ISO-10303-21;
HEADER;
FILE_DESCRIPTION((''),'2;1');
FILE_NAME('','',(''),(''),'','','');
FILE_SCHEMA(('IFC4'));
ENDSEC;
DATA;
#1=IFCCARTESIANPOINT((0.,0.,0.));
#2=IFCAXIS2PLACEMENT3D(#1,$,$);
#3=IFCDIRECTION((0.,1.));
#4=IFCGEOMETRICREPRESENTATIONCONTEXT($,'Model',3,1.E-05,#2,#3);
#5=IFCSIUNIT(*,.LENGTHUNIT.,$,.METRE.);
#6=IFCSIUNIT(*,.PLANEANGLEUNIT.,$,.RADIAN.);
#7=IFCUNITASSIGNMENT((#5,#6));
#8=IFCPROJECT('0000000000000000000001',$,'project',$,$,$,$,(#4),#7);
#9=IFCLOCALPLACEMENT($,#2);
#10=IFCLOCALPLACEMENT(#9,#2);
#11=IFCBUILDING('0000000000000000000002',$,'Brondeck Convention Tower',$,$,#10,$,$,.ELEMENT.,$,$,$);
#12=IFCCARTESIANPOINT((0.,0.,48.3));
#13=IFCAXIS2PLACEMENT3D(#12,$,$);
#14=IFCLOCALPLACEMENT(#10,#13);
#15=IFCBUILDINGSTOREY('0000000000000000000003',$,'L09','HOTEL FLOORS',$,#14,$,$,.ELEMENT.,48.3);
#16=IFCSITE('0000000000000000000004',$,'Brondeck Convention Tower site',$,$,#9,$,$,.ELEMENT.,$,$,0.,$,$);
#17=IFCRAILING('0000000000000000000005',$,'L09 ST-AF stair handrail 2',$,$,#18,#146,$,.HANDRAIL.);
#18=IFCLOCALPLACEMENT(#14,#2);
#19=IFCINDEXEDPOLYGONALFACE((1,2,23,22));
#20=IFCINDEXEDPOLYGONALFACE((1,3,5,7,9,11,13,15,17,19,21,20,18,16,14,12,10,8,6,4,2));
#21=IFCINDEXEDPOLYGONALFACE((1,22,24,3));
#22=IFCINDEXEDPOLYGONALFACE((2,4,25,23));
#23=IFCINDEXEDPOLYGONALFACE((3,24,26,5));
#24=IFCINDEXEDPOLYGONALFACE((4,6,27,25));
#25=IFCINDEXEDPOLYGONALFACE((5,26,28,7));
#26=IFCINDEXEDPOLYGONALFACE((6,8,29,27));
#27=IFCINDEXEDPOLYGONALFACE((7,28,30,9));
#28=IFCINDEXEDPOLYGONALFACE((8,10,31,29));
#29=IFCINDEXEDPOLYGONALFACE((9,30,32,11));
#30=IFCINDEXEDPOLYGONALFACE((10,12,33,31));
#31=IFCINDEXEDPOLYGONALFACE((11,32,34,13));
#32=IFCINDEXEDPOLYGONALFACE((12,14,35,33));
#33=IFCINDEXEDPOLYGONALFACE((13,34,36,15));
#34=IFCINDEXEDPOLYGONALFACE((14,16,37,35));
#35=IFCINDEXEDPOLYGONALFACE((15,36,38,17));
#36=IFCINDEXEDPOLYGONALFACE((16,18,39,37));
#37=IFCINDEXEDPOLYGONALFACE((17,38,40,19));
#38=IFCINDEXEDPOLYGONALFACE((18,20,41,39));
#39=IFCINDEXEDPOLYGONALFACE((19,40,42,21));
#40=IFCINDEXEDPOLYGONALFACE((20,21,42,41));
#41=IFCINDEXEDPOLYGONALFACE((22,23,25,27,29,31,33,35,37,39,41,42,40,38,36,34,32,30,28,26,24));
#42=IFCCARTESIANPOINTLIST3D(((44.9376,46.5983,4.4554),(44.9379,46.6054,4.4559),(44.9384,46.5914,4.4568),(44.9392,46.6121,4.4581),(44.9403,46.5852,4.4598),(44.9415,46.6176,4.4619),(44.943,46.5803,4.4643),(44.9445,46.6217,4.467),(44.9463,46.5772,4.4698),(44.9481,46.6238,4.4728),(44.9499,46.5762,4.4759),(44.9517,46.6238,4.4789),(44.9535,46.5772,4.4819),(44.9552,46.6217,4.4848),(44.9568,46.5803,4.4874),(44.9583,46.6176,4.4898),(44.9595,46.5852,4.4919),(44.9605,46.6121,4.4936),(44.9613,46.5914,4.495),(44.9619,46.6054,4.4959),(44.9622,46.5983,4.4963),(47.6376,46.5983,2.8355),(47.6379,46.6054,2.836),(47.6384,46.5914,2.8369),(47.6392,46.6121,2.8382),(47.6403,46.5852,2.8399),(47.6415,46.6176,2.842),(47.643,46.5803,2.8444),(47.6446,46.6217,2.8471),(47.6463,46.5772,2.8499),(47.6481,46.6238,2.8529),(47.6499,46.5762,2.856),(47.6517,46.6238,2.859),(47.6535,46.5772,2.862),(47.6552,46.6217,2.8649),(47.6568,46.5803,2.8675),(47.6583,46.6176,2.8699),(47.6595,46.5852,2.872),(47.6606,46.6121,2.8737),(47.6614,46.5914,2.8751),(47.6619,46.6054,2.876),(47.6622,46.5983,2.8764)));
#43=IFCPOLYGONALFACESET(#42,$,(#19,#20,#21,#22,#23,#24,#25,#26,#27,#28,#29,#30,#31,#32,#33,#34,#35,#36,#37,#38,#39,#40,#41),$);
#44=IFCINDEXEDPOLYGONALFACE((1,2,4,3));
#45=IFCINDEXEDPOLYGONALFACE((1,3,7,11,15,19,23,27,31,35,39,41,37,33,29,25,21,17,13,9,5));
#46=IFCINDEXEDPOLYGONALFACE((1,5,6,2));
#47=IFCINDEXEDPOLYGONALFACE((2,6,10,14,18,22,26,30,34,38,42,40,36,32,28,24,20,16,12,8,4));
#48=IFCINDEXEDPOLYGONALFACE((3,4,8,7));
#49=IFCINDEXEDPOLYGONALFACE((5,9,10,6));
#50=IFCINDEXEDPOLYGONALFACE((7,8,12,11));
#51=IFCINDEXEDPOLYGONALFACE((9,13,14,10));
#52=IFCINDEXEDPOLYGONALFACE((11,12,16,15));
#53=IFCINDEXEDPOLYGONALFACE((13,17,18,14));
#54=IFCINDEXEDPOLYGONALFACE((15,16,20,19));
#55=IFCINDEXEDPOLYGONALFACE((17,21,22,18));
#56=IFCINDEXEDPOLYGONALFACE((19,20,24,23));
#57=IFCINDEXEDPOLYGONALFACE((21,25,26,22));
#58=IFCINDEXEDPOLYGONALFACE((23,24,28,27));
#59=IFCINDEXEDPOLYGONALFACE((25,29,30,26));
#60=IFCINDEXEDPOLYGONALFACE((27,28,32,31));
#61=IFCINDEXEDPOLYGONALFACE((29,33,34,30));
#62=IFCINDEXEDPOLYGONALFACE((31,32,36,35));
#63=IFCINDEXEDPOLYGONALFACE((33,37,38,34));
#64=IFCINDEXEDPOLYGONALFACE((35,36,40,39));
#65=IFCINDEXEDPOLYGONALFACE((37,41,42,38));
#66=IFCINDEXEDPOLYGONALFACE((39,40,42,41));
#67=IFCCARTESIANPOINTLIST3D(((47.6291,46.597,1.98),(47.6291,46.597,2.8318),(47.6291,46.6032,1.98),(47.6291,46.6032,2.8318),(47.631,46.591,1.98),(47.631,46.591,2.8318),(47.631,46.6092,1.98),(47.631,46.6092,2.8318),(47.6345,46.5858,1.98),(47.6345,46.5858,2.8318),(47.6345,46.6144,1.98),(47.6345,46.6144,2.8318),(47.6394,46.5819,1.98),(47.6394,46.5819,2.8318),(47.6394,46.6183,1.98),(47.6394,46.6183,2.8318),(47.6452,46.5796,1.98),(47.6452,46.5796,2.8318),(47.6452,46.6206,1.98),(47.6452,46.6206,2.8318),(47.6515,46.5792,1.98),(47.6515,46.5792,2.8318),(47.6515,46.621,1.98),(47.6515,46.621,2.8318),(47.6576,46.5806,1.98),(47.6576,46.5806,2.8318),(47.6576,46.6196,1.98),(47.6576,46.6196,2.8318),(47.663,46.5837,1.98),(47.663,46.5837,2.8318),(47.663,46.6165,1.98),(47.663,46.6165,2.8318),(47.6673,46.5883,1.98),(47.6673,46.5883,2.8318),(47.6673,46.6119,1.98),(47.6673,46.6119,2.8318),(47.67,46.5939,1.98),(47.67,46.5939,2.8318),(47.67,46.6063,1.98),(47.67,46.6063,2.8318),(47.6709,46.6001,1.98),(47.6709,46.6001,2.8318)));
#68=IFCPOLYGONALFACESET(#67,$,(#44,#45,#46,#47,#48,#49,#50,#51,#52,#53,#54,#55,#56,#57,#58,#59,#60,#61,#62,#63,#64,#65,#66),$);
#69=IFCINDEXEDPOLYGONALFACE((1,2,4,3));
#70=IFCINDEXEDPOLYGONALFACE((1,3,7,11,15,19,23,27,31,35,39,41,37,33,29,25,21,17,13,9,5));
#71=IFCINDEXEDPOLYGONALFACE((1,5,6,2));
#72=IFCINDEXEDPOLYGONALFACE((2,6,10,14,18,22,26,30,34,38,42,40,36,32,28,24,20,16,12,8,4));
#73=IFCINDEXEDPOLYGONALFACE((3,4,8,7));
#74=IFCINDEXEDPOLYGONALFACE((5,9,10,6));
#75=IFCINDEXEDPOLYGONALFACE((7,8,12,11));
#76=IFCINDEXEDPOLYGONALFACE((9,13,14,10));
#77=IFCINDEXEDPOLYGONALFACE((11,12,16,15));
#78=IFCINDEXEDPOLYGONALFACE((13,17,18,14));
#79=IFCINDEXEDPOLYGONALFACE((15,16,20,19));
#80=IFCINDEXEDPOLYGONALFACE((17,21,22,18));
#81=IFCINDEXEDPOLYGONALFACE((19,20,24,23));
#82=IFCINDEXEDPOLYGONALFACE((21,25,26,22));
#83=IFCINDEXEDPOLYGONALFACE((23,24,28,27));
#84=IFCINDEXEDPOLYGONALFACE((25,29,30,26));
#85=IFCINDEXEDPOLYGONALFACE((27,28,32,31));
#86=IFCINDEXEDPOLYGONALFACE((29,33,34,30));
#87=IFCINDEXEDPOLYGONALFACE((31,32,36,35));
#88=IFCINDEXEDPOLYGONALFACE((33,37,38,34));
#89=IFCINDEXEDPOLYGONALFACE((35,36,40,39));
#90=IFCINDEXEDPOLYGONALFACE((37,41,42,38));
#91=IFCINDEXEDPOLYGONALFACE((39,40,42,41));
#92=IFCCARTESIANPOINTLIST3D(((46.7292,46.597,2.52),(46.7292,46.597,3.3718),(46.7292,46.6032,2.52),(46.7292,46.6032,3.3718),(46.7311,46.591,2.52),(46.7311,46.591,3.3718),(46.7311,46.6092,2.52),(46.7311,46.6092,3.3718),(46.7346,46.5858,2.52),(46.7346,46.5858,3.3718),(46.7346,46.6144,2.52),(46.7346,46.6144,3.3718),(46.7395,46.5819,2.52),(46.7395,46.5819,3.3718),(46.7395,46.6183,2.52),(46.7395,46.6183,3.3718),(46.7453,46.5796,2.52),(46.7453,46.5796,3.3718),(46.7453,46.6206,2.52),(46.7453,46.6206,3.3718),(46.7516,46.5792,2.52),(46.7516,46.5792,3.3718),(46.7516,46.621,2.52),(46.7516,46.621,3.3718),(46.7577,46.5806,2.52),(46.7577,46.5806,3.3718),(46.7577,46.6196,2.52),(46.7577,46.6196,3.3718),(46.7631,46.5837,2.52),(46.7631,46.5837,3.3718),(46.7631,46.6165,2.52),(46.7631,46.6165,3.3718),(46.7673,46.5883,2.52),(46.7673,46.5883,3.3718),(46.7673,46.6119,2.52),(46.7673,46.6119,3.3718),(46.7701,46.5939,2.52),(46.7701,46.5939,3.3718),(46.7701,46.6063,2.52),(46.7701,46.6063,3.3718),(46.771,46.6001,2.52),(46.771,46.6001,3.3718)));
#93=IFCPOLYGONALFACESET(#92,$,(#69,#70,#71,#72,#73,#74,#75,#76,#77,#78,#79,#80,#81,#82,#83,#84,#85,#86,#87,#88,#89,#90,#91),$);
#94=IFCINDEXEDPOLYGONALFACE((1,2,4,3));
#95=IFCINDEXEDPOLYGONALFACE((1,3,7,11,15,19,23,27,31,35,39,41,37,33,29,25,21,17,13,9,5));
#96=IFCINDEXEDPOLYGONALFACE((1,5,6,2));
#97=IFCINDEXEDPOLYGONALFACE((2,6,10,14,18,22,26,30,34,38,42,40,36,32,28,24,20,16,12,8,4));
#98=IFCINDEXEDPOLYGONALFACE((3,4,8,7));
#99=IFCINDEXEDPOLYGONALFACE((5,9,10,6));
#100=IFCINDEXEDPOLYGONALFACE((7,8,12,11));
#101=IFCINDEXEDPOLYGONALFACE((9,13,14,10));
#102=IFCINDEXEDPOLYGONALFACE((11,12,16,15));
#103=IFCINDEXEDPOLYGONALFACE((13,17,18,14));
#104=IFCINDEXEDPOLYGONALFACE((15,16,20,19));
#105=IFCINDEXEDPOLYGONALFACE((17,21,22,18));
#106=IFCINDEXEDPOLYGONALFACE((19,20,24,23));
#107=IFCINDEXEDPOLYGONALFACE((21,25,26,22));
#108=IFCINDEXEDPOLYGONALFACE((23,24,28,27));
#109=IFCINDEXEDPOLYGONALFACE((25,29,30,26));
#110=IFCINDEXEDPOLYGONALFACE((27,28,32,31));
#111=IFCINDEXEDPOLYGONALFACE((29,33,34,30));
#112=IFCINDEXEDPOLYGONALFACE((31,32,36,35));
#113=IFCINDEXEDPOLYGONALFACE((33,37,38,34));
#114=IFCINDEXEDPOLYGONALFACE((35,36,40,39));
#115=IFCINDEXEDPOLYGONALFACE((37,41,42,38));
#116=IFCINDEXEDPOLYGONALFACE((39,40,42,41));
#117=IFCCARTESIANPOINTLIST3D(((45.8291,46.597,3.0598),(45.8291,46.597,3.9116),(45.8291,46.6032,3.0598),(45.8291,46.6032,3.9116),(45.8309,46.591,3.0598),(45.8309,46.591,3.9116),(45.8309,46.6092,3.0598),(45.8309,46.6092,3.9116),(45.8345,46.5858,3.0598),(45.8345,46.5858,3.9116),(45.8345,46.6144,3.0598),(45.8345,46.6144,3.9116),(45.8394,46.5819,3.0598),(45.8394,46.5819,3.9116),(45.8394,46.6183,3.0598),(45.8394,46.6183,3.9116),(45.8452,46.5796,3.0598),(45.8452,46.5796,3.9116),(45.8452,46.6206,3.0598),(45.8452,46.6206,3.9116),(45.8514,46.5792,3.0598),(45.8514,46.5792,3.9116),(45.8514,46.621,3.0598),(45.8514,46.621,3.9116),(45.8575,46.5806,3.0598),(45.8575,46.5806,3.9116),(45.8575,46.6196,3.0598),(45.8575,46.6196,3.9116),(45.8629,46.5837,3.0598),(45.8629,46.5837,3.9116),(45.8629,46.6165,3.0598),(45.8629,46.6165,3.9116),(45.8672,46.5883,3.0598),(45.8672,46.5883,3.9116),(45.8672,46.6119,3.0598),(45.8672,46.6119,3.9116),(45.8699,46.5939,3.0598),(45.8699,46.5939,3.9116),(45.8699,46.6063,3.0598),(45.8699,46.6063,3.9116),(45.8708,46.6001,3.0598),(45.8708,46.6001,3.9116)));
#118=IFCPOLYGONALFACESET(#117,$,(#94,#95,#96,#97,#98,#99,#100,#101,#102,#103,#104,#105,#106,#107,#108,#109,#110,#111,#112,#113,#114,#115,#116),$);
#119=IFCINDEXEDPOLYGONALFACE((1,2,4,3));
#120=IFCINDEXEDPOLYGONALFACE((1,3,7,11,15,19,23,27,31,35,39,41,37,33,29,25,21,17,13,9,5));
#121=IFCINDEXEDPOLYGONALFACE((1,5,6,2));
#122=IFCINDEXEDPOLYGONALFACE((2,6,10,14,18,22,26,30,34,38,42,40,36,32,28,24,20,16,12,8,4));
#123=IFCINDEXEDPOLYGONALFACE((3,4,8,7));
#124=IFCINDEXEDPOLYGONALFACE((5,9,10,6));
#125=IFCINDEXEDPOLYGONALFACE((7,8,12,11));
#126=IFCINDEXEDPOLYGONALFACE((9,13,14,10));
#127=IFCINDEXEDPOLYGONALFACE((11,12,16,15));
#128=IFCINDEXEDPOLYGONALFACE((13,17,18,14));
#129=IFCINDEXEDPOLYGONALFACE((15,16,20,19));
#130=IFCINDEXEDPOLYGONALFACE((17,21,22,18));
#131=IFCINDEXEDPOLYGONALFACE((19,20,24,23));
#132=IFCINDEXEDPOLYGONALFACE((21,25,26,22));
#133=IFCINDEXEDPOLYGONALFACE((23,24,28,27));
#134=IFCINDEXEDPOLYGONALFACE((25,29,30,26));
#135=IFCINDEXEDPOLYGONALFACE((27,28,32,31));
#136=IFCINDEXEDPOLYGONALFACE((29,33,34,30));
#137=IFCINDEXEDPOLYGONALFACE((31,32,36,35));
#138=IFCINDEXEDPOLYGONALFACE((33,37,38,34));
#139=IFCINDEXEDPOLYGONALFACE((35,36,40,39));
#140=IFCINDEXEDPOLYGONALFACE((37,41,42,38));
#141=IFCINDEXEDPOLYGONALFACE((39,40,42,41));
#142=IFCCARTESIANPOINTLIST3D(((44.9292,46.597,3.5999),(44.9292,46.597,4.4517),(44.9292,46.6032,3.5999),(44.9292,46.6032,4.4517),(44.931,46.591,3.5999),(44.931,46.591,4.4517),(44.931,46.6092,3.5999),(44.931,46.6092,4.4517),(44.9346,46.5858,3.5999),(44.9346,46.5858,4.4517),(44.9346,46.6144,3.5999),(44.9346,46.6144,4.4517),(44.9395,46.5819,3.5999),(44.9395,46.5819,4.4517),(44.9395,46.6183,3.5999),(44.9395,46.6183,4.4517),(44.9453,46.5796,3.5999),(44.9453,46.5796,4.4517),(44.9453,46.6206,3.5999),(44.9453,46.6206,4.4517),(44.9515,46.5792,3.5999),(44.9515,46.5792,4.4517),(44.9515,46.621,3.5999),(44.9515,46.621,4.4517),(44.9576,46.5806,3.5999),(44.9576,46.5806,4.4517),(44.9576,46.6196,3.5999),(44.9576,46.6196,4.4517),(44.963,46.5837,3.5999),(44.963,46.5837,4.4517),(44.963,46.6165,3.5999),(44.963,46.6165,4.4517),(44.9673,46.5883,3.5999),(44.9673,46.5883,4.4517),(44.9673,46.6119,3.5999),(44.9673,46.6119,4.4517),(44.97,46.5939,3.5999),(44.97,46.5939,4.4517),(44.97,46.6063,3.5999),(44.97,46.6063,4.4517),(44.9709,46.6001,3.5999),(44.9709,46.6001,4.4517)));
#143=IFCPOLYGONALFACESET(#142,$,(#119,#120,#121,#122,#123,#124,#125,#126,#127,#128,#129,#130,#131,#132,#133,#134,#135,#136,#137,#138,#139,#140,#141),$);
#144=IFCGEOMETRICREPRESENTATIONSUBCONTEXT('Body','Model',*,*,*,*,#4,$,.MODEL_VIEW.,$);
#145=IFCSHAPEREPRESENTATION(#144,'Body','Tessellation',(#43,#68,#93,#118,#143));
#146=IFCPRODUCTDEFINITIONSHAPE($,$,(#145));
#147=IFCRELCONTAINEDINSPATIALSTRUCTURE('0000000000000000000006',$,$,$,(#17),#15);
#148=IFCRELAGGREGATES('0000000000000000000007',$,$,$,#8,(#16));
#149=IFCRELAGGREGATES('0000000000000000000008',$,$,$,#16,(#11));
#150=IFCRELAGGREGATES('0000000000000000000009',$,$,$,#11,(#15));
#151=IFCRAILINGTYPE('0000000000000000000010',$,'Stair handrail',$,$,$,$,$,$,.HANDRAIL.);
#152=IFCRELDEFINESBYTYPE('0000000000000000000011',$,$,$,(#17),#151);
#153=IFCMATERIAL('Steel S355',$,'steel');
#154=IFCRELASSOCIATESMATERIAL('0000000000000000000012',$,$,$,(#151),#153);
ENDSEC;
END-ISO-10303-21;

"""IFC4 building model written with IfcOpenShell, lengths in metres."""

from ifc_helpers import new_model, si_unit, direction, frame, origin, origin_2d, place, context, subcontext, project, spatial, circle, extrude, material, type_object, element, save


model = new_model("IFC4")

# Units and contexts
model_context = context("Model", 3, precision=1e-05, world=origin(), true_north=direction((0.0, 1.0)))
body_context = subcontext(model_context, "Body", "Model", "MODEL_VIEW")
ifc_project = project(units=[si_unit("LENGTHUNIT", "METRE"), si_unit("PLANEANGLEUNIT", "RADIAN")], contexts=[model_context])

# Site, building, storey
site_placement = place(None, origin())
site = spatial("IfcSite", under=ifc_project, at=site_placement, Name="Brondeck Convention Tower site", CompositionType="ELEMENT", RefElevation=0.0)
building_placement = place(site_placement, origin())
building = spatial("IfcBuilding", under=site, at=building_placement, Name="Brondeck Convention Tower", CompositionType="ELEMENT")
storey_placement = place(building_placement, frame((0.0, 0.0, 48.3)))
storey = spatial("IfcBuildingStorey", under=building, at=storey_placement, Name="L09", Description="HOTEL FLOORS", CompositionType="ELEMENT", Elevation=48.3)

# Shared definitions
ifc_material_1 = material(Name="Steel S355", Category="steel")

# Railing
railing_type = type_object("IfcRailingType", Name="Stair handrail", PredefinedType="HANDRAIL", material=ifc_material_1)
railing_placement = place(storey_placement, frame((47.6499, 46.6001, 1.98)))
element("IfcRailing", 1, at=railing_placement, inside=storey, type_object=railing_type, Name="L09 ST-AF stair handrail 2", PredefinedType="HANDRAIL", context=body_context, shape_type="SweptSolid", body=[
    extrude(circle(Radius=0.0239, at=origin_2d()), frame((0.0, 0.0, 0.876), z_axis=(-0.857507, 0.0, 0.514473), x_axis=(0.0, -1.0, 0.0)), (0.0, 0.0, 1.0), 3.1487),
    extrude(circle(Radius=0.021, at=origin_2d()), origin(), (0.0, 0.0, 1.0), 0.8518),
    extrude(circle(Radius=0.021, at=origin_2d()), frame((-0.8999, 0.0, 0.54)), (0.0, 0.0, 1.0), 0.8518),
    extrude(circle(Radius=0.021, at=origin_2d()), frame((-1.8, 0.0, 1.0798)), (0.0, 0.0, 1.0), 0.8518),
    extrude(circle(Radius=0.021, at=origin_2d()), frame((-2.7, 0.0, 1.6199)), (0.0, 0.0, 1.0), 0.8518),
])

save(model, "model.ifc")
